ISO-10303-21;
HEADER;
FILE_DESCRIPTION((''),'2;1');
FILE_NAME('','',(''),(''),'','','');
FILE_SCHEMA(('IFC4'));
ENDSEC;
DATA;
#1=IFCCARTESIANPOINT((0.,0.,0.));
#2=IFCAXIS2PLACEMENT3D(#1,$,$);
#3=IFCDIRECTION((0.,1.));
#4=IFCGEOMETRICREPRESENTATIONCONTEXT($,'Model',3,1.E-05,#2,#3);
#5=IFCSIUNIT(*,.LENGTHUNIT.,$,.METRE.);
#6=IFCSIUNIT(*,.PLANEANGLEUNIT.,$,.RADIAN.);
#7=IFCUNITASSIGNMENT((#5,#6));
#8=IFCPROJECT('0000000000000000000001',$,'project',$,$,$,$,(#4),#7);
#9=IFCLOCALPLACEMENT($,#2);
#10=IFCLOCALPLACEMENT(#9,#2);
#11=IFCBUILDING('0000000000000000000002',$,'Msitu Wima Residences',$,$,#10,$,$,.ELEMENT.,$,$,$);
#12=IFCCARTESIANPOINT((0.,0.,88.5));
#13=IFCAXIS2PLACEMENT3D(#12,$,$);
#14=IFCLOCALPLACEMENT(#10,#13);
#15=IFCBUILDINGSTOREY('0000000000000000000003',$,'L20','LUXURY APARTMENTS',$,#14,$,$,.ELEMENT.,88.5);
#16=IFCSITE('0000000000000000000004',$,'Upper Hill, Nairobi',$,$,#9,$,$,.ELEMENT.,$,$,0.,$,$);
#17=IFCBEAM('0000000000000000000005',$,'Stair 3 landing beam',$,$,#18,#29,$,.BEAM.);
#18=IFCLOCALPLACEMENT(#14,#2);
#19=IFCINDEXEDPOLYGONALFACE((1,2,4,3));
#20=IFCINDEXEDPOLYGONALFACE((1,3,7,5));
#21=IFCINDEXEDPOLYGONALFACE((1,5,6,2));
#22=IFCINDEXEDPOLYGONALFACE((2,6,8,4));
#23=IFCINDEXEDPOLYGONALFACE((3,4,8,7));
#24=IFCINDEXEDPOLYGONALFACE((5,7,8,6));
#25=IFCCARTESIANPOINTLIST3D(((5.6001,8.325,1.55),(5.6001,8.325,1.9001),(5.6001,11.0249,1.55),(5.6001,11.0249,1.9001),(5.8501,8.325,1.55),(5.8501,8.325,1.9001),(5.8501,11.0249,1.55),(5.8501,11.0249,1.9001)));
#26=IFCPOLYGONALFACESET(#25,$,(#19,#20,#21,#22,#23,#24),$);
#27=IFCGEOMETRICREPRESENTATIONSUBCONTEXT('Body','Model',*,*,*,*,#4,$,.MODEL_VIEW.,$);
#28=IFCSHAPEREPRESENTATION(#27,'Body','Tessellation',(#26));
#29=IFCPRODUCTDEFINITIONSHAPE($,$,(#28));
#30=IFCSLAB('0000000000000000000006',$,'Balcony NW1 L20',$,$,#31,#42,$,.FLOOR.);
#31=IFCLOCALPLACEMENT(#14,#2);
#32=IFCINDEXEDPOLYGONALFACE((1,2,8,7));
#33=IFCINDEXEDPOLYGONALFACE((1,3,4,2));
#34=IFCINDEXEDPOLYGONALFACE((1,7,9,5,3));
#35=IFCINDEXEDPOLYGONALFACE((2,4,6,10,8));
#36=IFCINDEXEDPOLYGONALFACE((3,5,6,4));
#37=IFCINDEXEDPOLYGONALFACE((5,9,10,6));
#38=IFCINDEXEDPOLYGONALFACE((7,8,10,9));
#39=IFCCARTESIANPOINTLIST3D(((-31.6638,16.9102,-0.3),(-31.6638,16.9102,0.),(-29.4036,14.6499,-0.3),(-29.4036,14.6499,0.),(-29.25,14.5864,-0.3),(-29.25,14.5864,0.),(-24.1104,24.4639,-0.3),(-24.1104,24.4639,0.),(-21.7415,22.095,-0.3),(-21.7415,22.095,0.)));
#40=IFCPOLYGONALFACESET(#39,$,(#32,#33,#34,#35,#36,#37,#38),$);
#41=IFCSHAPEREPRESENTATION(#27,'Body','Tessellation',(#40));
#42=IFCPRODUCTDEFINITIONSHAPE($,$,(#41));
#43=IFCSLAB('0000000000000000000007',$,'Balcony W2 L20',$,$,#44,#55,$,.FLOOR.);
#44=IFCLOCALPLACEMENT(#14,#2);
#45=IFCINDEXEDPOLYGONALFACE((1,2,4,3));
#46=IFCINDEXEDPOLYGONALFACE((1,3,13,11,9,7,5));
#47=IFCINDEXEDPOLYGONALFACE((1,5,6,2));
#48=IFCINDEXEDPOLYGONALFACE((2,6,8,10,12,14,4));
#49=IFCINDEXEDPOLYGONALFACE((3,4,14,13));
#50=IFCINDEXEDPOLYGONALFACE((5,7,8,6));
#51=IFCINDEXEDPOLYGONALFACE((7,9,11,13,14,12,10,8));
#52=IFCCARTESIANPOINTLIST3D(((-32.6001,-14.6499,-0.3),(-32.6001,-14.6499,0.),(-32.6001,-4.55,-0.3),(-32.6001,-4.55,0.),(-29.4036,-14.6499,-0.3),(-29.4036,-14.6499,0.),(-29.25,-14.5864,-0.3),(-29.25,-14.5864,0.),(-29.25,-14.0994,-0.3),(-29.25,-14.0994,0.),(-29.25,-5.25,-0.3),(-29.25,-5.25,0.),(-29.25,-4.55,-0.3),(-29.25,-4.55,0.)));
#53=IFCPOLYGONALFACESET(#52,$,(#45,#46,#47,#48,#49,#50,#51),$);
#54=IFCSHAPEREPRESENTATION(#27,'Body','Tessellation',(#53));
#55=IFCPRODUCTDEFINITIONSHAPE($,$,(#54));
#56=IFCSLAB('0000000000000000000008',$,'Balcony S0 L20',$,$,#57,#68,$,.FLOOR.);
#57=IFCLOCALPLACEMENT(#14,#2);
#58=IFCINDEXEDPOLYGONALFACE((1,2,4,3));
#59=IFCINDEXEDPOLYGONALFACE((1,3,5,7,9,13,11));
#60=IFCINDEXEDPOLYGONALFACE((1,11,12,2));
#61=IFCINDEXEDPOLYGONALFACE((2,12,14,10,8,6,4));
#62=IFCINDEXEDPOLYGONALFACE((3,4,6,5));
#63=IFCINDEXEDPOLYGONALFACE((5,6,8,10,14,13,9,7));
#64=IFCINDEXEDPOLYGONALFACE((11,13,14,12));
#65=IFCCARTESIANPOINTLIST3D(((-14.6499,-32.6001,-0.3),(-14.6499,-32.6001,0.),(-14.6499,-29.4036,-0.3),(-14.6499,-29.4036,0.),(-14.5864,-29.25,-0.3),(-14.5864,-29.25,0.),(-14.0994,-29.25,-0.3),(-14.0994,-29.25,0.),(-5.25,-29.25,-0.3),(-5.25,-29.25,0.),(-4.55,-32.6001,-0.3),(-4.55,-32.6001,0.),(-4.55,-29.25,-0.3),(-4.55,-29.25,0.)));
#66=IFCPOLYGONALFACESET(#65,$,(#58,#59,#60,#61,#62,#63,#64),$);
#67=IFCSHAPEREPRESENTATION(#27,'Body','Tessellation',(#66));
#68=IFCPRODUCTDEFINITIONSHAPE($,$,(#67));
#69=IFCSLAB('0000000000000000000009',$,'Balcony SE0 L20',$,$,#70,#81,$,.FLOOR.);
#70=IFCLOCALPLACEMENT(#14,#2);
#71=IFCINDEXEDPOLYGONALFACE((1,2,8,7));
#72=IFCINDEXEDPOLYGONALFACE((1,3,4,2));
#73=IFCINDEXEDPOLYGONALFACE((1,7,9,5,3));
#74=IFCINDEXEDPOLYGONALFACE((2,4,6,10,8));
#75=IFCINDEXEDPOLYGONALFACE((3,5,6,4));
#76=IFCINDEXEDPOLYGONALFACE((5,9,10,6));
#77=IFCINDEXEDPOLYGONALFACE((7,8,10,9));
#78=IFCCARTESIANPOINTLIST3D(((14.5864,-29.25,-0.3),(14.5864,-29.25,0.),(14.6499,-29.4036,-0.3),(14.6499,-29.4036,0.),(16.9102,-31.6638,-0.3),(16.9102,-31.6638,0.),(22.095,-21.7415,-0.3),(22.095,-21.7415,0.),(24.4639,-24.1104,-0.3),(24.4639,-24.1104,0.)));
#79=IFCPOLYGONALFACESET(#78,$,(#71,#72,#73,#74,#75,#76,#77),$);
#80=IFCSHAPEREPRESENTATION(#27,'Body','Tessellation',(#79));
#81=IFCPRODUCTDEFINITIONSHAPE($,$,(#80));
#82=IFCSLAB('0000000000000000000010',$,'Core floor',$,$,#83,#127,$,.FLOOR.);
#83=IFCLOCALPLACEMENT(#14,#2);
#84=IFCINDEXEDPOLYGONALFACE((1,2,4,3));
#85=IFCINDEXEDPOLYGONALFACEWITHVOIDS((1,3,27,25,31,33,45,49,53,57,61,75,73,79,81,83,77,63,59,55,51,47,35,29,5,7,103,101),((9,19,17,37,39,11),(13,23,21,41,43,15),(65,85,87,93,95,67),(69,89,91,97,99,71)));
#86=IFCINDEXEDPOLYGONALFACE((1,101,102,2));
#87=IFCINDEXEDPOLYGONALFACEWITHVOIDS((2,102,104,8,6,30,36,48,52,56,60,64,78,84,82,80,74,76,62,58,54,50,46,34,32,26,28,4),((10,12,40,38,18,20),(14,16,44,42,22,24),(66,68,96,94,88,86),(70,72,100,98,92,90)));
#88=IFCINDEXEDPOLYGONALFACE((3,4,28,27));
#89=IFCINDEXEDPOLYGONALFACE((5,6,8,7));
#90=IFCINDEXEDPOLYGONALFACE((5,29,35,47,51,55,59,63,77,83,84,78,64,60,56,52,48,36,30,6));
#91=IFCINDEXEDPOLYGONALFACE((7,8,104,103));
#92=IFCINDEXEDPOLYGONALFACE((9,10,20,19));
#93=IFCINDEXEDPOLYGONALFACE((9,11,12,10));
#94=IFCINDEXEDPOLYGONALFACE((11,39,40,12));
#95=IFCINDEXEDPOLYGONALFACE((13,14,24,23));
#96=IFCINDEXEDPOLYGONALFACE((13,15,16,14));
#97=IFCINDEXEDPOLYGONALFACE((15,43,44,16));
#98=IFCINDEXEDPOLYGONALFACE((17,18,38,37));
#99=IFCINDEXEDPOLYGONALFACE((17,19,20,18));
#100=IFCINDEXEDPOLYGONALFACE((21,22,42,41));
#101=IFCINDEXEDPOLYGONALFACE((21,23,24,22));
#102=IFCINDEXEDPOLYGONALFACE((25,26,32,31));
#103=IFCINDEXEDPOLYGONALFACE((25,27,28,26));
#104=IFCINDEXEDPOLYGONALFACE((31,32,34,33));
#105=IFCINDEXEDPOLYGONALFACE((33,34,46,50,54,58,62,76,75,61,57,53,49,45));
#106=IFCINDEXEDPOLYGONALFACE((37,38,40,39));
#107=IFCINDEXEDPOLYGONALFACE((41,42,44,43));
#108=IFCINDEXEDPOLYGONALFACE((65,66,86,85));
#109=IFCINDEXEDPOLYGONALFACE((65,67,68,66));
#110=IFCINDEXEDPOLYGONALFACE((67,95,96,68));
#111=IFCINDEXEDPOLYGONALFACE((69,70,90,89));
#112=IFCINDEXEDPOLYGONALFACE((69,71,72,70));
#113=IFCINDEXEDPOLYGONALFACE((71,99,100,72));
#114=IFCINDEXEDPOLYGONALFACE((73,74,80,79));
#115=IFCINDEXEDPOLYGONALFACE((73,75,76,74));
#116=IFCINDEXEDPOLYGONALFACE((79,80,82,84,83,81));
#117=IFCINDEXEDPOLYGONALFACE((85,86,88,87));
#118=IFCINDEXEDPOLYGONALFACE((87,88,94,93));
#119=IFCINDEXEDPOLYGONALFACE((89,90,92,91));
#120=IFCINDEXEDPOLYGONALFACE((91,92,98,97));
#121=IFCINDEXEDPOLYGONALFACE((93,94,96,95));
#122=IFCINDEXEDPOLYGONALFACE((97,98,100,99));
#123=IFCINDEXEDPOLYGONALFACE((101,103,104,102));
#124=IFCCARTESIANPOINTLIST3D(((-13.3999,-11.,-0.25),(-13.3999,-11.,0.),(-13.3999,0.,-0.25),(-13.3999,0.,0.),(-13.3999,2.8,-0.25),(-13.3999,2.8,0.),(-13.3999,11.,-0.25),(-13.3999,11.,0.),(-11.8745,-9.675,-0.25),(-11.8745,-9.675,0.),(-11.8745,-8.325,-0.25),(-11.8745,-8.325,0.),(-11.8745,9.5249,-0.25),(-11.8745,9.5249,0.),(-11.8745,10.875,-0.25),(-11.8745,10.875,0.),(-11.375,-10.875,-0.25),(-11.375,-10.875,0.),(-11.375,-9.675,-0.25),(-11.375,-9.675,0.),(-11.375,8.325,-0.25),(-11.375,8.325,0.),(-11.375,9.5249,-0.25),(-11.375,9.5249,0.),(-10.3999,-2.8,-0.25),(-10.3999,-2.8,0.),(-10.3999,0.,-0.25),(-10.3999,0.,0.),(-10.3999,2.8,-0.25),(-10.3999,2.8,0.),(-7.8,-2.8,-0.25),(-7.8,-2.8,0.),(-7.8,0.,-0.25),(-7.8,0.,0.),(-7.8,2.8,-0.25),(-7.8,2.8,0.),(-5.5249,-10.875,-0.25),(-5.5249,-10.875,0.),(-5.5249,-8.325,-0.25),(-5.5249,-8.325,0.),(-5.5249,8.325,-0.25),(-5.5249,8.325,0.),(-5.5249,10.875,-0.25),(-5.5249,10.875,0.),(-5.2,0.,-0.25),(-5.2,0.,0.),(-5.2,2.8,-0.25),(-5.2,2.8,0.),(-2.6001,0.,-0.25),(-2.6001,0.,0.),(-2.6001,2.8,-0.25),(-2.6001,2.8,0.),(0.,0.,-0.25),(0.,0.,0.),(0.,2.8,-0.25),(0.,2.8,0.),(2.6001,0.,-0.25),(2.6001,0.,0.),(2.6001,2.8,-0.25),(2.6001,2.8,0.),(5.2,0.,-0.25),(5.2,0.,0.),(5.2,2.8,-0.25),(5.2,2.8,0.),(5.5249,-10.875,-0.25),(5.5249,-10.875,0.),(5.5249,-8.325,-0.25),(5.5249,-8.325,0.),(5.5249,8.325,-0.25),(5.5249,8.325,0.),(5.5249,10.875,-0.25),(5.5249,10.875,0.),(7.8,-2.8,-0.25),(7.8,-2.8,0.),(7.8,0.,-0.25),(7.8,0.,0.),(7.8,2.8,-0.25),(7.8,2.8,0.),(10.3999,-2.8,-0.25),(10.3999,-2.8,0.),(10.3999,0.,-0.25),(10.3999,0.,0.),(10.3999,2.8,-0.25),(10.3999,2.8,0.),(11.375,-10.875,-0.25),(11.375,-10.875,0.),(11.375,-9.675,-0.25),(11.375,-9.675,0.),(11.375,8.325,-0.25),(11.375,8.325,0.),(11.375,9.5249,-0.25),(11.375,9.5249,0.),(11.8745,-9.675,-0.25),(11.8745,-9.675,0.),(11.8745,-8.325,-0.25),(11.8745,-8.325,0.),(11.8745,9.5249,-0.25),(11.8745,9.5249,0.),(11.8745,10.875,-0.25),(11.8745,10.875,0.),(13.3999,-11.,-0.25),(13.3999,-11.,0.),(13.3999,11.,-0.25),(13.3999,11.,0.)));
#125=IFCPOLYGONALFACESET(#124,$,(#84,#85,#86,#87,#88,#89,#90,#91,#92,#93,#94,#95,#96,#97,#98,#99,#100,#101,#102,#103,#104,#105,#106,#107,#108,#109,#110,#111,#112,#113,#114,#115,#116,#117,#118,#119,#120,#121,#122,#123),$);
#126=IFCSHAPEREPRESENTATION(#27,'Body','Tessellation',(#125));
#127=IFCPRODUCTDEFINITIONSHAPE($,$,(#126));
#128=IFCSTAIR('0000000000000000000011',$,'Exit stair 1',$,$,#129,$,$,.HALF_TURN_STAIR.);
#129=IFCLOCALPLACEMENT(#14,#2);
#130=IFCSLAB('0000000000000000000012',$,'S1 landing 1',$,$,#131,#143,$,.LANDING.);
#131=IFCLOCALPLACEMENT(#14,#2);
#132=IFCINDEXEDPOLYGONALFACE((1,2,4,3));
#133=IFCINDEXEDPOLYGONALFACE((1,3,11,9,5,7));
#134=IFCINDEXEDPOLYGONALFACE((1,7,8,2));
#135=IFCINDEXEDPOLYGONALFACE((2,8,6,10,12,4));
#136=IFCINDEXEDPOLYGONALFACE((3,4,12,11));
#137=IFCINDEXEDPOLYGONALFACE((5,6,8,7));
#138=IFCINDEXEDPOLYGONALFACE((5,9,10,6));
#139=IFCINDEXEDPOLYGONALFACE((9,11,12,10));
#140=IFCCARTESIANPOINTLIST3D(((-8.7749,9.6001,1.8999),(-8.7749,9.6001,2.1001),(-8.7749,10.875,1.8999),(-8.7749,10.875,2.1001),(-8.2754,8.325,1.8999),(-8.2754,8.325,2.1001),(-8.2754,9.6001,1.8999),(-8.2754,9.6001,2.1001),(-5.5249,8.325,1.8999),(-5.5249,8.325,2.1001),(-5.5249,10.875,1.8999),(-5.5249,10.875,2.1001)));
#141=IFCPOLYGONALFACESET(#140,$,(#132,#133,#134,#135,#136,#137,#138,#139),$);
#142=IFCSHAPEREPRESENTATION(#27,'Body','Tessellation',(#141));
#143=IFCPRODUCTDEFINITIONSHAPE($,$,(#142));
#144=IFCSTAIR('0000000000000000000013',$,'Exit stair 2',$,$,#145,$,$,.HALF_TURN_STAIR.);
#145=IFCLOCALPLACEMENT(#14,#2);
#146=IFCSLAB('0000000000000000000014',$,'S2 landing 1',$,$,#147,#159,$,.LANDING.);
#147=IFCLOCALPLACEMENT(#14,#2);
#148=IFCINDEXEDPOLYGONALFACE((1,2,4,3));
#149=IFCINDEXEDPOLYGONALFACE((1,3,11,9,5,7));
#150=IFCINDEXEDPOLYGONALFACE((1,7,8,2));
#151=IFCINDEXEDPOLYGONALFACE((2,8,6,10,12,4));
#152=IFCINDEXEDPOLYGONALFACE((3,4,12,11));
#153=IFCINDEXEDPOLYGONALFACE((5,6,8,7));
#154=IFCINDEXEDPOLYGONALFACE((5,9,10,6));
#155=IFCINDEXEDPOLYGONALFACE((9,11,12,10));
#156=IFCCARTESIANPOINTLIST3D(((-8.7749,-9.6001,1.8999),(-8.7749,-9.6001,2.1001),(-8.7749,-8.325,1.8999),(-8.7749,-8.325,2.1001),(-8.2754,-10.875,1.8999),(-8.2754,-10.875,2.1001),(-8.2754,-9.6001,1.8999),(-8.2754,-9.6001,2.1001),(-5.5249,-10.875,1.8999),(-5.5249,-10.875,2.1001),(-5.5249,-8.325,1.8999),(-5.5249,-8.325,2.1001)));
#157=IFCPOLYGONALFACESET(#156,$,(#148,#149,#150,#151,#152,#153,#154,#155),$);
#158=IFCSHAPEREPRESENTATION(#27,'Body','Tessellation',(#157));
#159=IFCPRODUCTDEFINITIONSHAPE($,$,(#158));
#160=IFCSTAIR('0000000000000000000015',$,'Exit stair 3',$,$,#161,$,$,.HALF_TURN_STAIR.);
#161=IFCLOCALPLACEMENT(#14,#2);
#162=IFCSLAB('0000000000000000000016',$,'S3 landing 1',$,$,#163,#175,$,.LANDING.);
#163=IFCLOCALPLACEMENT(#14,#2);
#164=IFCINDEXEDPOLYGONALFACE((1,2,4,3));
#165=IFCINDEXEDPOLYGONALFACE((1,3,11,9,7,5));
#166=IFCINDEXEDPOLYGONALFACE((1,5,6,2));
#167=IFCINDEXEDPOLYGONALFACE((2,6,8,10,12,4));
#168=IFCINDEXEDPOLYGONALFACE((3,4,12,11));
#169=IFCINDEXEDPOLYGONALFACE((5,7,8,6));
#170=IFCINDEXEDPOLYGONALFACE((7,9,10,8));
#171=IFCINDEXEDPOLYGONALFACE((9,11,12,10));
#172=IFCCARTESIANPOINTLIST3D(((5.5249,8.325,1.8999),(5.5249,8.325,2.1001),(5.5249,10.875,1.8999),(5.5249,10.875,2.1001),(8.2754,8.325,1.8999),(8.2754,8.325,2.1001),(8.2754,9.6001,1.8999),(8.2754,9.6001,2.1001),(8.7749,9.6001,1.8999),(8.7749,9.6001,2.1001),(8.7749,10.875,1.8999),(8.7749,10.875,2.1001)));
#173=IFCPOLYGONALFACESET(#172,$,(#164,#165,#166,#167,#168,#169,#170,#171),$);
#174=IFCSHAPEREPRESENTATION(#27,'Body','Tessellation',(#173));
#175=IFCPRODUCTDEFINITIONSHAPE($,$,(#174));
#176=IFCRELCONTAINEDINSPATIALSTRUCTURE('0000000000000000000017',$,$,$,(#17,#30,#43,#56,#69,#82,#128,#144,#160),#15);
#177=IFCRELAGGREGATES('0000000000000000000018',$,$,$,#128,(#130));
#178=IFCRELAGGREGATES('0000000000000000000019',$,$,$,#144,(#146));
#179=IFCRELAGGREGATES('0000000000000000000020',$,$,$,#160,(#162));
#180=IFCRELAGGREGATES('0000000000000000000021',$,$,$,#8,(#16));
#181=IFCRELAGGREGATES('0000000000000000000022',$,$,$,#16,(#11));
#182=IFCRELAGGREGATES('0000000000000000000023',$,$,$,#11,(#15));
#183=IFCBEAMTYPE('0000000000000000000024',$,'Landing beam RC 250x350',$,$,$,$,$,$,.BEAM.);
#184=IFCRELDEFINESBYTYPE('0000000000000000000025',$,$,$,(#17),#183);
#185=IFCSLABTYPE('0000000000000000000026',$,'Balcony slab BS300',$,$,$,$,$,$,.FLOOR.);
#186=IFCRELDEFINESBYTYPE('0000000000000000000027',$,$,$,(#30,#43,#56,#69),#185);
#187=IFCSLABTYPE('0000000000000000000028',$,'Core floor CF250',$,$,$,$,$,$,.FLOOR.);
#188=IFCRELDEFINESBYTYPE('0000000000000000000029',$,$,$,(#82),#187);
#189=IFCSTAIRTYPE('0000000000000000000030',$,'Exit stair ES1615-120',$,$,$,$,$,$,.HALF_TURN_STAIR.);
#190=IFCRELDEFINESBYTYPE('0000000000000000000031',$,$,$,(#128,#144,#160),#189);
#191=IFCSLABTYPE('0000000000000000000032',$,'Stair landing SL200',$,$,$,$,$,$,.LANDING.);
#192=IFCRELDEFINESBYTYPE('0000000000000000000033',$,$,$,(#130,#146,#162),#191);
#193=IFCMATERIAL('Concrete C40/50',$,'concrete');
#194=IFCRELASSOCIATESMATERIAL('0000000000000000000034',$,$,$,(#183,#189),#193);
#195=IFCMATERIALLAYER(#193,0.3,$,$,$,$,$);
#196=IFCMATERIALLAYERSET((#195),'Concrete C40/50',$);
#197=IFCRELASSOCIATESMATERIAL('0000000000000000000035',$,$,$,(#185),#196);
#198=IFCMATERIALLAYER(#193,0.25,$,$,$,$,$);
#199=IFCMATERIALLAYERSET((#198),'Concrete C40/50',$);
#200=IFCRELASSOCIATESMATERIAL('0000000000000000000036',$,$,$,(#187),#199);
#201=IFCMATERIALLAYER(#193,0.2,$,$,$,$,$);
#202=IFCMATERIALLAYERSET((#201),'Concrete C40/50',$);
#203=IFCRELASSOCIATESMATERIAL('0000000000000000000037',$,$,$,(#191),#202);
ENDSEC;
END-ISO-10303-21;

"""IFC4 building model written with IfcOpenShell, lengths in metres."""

from ifc_helpers import new_model, si_unit, direction, frame, origin, origin_2d, place, context, subcontext, project, spatial, polyline, rectangle, outline, extrude, material, layer, layer_set, material_profile, profile_set, type_object, element, aggregate, save


model = new_model("IFC4")

# Units and contexts
model_context = context("Model", 3, precision=1e-05, world=origin(), true_north=direction((0.0, 1.0)))
body_context = subcontext(model_context, "Body", "Model", "MODEL_VIEW")
ifc_project = project(units=[si_unit("LENGTHUNIT", "METRE"), si_unit("PLANEANGLEUNIT", "RADIAN")], contexts=[model_context])

# Site, building, storey
site_placement = place(None, origin())
site = spatial("IfcSite", under=ifc_project, at=site_placement, Name="Upper Hill, Nairobi", CompositionType="ELEMENT", RefElevation=0.0)
building_placement = place(site_placement, origin())
building = spatial("IfcBuilding", under=site, at=building_placement, Name="Msitu Wima Residences", CompositionType="ELEMENT")
storey_placement = place(building_placement, frame((0.0, 0.0, 88.5)))
storey = spatial("IfcBuildingStorey", under=building, at=storey_placement, Name="L20", Description="LUXURY APARTMENTS", CompositionType="ELEMENT", Elevation=88.5)

# Beam
ifc_material_1 = material(Name="Concrete C40/50", Category="concrete")
ifc_material_profile = material_profile(ifc_material_1, rectangle(XDim=0.25, YDim=0.3501, at=origin_2d()), Name="RC 250x350")
ifc_profile_set = profile_set([ifc_material_profile], Name="Concrete C40/50")
beam_type = type_object("IfcBeamType", Name="Landing beam RC 250x350", PredefinedType="BEAM", material=ifc_profile_set)
beam_placement = place(storey_placement, frame((5.7251, 8.325, 1.7251), z_axis=(0.0, 1.0, 0.0), x_axis=(-1.0, 0.0, 0.0)))
element("IfcBeam", 1, at=beam_placement, inside=storey, type_object=beam_type, Name="Stair 3 landing beam", PredefinedType="BEAM", context=body_context, shape_type="SweptSolid", body=[
    extrude(rectangle(XDim=0.25, YDim=0.3501, at=origin_2d()), origin(), (0.0, 0.0, 1.0), 2.7),
])

# Slabs
ifc_layer_1 = layer(ifc_material_1, 0.3)
ifc_layer_set_1 = layer_set([ifc_layer_1], Name="Concrete C40/50")
slab_type_1 = type_object("IfcSlabType", Name="Balcony slab BS300", PredefinedType="FLOOR", material=ifc_layer_set_1)
slab_1_placement = place(storey_placement, frame((0.0, 0.0, -0.3)))
element("IfcSlab", 2, at=slab_1_placement, inside=storey, type_object=slab_type_1, Name="Balcony NW1 L20", PredefinedType="FLOOR", context=body_context, shape_type="SweptSolid", body=[
    extrude(outline(polyline([(-31.6638, 16.9102), (-24.1104, 24.4639), (-21.7415, 22.095), (-29.25, 14.5864), (-29.4036, 14.6499), (-31.6638, 16.9102)])), origin(), (0.0, 0.0, 1.0), 0.3),
])
slab_2_placement = place(storey_placement, frame((0.0, 0.0, -0.3)))
element("IfcSlab", 3, at=slab_2_placement, inside=storey, type_object=slab_type_1, Name="Balcony W2 L20", PredefinedType="FLOOR", context=body_context, shape_type="SweptSolid", body=[
    extrude(outline(polyline([(-29.25, -14.0994), (-29.25, -14.0994), (-29.25, -14.0994), (-29.25, -14.5864), (-29.4036, -14.6499), (-32.6001, -14.6499), (-32.6001, -4.55), (-29.25, -4.55), (-29.25, -5.25), (-29.25, -14.0994)])), origin(), (0.0, 0.0, 1.0), 0.3),
])
slab_3_placement = place(storey_placement, frame((0.0, 0.0, -0.3)))
element("IfcSlab", 4, at=slab_3_placement, inside=storey, type_object=slab_type_1, Name="Balcony S0 L20", PredefinedType="FLOOR", context=body_context, shape_type="SweptSolid", body=[
    extrude(outline(polyline([(-14.0994, -29.25), (-14.0994, -29.25), (-5.25, -29.25), (-4.55, -29.25), (-4.55, -32.6001), (-14.6499, -32.6001), (-14.6499, -29.4036), (-14.5864, -29.25), (-14.0994, -29.25), (-14.0994, -29.25)])), origin(), (0.0, 0.0, 1.0), 0.3),
])
slab_4_placement = place(storey_placement, frame((0.0, 0.0, -0.3)))
element("IfcSlab", 5, at=slab_4_placement, inside=storey, type_object=slab_type_1, Name="Balcony SE0 L20", PredefinedType="FLOOR", context=body_context, shape_type="SweptSolid", body=[
    extrude(outline(polyline([(24.4639, -24.1104), (16.9102, -31.6638), (14.6499, -29.4036), (14.5864, -29.25), (22.095, -21.7415), (24.4639, -24.1104)])), origin(), (0.0, 0.0, 1.0), 0.3),
])
ifc_layer_2 = layer(ifc_material_1, 0.25)
ifc_layer_set_2 = layer_set([ifc_layer_2], Name="Concrete C40/50")
slab_type_2 = type_object("IfcSlabType", Name="Core floor CF250", PredefinedType="FLOOR", material=ifc_layer_set_2)
slab_5_placement = place(storey_placement, frame((0.0, 0.0, -0.25)))
element("IfcSlab", 6, at=slab_5_placement, inside=storey, type_object=slab_type_2, Name="Core floor", PredefinedType="FLOOR", context=body_context, shape_type="SweptSolid", body=[
    extrude(outline(polyline([(-13.3999, 11.0), (-13.3999, 2.8), (-10.3999, 2.8), (-7.8, 2.8), (-5.2, 2.8), (-2.6001, 2.8), (0.0, 2.8), (2.6001, 2.8), (5.2, 2.8), (7.8, 2.8), (10.3999, 2.8), (10.3999, 0.0), (10.3999, -2.8), (7.8, -2.8), (7.8, 0.0), (5.2, 0.0), (2.6001, 0.0), (0.0, 0.0), (-2.6001, 0.0), (-5.2, 0.0), (-7.8, 0.0), (-7.8, -2.8), (-10.3999, -2.8), (-10.3999, 0.0), (-13.3999, 0.0), (-13.3999, -11.0), (13.3999, -11.0), (13.3999, 11.0), (-13.3999, 11.0)]), holes=[polyline([(-11.375, -10.875), (-11.375, -9.675), (-11.8745, -9.675), (-11.8745, -8.325), (-5.5249, -8.325), (-5.5249, -10.875), (-11.375, -10.875)]), polyline([(-11.375, 9.5249), (-11.8745, 9.5249), (-11.8745, 10.875), (-5.5249, 10.875), (-5.5249, 8.325), (-11.375, 8.325), (-11.375, 9.5249)]), polyline([(11.375, -9.675), (11.375, -10.875), (5.5249, -10.875), (5.5249, -8.325), (11.8745, -8.325), (11.8745, -9.675), (11.375, -9.675)]), polyline([(11.375, 9.5249), (11.375, 8.325), (5.5249, 8.325), (5.5249, 10.875), (11.8745, 10.875), (11.8745, 9.5249), (11.375, 9.5249)])]), origin(), (0.0, 0.0, 1.0), 0.25),
])

# Stairs, slabs
stair_type = type_object("IfcStairType", Name="Exit stair ES1615-120", PredefinedType="HALF_TURN_STAIR", material=ifc_material_1)
stair_1_placement = place(storey_placement, origin())
stair_1 = element("IfcStair", 7, at=stair_1_placement, inside=storey, type_object=stair_type, Name="Exit stair 1", PredefinedType="HALF_TURN_STAIR")
ifc_layer_3 = layer(ifc_material_1, 0.2)
ifc_layer_set_3 = layer_set([ifc_layer_3], Name="Concrete C40/50")
slab_type_3 = type_object("IfcSlabType", Name="Stair landing SL200", PredefinedType="LANDING", material=ifc_layer_set_3)
slab_6_placement = place(storey_placement, frame((0.0, 0.0, 1.8999)))
slab_6 = element("IfcSlab", 8, at=slab_6_placement, type_object=slab_type_3, Name="S1 landing 1", PredefinedType="LANDING", context=body_context, shape_type="SweptSolid", body=[
    extrude(outline(polyline([(-5.5249, 8.325), (-8.2754, 8.325), (-8.2754, 9.6001), (-8.7749, 9.6001), (-8.7749, 10.875), (-5.5249, 10.875), (-5.5249, 8.325)])), origin(), (0.0, 0.0, 1.0), 0.2002),
])
aggregate(stair_1, [slab_6])
stair_2_placement = place(storey_placement, origin())
stair_2 = element("IfcStair", 9, at=stair_2_placement, inside=storey, type_object=stair_type, Name="Exit stair 2", PredefinedType="HALF_TURN_STAIR")
slab_7_placement = place(storey_placement, frame((0.0, 0.0, 1.8999)))
slab_7 = element("IfcSlab", 10, at=slab_7_placement, type_object=slab_type_3, Name="S2 landing 1", PredefinedType="LANDING", context=body_context, shape_type="SweptSolid", body=[
    extrude(outline(polyline([(-5.5249, -10.875), (-8.2754, -10.875), (-8.2754, -9.6001), (-8.7749, -9.6001), (-8.7749, -8.325), (-5.5249, -8.325), (-5.5249, -10.875)])), origin(), (0.0, 0.0, 1.0), 0.2002),
])
aggregate(stair_2, [slab_7])
stair_3_placement = place(storey_placement, origin())
stair_3 = element("IfcStair", 11, at=stair_3_placement, inside=storey, type_object=stair_type, Name="Exit stair 3", PredefinedType="HALF_TURN_STAIR")
slab_8_placement = place(storey_placement, frame((0.0, 0.0, 1.8999)))
slab_8 = element("IfcSlab", 12, at=slab_8_placement, type_object=slab_type_3, Name="S3 landing 1", PredefinedType="LANDING", context=body_context, shape_type="SweptSolid", body=[
    extrude(outline(polyline([(5.5249, 8.325), (8.2754, 8.325), (8.2754, 9.6001), (8.7749, 9.6001), (8.7749, 10.875), (5.5249, 10.875), (5.5249, 8.325)])), origin(), (0.0, 0.0, 1.0), 0.2002),
])
aggregate(stair_3, [slab_8])

save(model, "model.ifc")
